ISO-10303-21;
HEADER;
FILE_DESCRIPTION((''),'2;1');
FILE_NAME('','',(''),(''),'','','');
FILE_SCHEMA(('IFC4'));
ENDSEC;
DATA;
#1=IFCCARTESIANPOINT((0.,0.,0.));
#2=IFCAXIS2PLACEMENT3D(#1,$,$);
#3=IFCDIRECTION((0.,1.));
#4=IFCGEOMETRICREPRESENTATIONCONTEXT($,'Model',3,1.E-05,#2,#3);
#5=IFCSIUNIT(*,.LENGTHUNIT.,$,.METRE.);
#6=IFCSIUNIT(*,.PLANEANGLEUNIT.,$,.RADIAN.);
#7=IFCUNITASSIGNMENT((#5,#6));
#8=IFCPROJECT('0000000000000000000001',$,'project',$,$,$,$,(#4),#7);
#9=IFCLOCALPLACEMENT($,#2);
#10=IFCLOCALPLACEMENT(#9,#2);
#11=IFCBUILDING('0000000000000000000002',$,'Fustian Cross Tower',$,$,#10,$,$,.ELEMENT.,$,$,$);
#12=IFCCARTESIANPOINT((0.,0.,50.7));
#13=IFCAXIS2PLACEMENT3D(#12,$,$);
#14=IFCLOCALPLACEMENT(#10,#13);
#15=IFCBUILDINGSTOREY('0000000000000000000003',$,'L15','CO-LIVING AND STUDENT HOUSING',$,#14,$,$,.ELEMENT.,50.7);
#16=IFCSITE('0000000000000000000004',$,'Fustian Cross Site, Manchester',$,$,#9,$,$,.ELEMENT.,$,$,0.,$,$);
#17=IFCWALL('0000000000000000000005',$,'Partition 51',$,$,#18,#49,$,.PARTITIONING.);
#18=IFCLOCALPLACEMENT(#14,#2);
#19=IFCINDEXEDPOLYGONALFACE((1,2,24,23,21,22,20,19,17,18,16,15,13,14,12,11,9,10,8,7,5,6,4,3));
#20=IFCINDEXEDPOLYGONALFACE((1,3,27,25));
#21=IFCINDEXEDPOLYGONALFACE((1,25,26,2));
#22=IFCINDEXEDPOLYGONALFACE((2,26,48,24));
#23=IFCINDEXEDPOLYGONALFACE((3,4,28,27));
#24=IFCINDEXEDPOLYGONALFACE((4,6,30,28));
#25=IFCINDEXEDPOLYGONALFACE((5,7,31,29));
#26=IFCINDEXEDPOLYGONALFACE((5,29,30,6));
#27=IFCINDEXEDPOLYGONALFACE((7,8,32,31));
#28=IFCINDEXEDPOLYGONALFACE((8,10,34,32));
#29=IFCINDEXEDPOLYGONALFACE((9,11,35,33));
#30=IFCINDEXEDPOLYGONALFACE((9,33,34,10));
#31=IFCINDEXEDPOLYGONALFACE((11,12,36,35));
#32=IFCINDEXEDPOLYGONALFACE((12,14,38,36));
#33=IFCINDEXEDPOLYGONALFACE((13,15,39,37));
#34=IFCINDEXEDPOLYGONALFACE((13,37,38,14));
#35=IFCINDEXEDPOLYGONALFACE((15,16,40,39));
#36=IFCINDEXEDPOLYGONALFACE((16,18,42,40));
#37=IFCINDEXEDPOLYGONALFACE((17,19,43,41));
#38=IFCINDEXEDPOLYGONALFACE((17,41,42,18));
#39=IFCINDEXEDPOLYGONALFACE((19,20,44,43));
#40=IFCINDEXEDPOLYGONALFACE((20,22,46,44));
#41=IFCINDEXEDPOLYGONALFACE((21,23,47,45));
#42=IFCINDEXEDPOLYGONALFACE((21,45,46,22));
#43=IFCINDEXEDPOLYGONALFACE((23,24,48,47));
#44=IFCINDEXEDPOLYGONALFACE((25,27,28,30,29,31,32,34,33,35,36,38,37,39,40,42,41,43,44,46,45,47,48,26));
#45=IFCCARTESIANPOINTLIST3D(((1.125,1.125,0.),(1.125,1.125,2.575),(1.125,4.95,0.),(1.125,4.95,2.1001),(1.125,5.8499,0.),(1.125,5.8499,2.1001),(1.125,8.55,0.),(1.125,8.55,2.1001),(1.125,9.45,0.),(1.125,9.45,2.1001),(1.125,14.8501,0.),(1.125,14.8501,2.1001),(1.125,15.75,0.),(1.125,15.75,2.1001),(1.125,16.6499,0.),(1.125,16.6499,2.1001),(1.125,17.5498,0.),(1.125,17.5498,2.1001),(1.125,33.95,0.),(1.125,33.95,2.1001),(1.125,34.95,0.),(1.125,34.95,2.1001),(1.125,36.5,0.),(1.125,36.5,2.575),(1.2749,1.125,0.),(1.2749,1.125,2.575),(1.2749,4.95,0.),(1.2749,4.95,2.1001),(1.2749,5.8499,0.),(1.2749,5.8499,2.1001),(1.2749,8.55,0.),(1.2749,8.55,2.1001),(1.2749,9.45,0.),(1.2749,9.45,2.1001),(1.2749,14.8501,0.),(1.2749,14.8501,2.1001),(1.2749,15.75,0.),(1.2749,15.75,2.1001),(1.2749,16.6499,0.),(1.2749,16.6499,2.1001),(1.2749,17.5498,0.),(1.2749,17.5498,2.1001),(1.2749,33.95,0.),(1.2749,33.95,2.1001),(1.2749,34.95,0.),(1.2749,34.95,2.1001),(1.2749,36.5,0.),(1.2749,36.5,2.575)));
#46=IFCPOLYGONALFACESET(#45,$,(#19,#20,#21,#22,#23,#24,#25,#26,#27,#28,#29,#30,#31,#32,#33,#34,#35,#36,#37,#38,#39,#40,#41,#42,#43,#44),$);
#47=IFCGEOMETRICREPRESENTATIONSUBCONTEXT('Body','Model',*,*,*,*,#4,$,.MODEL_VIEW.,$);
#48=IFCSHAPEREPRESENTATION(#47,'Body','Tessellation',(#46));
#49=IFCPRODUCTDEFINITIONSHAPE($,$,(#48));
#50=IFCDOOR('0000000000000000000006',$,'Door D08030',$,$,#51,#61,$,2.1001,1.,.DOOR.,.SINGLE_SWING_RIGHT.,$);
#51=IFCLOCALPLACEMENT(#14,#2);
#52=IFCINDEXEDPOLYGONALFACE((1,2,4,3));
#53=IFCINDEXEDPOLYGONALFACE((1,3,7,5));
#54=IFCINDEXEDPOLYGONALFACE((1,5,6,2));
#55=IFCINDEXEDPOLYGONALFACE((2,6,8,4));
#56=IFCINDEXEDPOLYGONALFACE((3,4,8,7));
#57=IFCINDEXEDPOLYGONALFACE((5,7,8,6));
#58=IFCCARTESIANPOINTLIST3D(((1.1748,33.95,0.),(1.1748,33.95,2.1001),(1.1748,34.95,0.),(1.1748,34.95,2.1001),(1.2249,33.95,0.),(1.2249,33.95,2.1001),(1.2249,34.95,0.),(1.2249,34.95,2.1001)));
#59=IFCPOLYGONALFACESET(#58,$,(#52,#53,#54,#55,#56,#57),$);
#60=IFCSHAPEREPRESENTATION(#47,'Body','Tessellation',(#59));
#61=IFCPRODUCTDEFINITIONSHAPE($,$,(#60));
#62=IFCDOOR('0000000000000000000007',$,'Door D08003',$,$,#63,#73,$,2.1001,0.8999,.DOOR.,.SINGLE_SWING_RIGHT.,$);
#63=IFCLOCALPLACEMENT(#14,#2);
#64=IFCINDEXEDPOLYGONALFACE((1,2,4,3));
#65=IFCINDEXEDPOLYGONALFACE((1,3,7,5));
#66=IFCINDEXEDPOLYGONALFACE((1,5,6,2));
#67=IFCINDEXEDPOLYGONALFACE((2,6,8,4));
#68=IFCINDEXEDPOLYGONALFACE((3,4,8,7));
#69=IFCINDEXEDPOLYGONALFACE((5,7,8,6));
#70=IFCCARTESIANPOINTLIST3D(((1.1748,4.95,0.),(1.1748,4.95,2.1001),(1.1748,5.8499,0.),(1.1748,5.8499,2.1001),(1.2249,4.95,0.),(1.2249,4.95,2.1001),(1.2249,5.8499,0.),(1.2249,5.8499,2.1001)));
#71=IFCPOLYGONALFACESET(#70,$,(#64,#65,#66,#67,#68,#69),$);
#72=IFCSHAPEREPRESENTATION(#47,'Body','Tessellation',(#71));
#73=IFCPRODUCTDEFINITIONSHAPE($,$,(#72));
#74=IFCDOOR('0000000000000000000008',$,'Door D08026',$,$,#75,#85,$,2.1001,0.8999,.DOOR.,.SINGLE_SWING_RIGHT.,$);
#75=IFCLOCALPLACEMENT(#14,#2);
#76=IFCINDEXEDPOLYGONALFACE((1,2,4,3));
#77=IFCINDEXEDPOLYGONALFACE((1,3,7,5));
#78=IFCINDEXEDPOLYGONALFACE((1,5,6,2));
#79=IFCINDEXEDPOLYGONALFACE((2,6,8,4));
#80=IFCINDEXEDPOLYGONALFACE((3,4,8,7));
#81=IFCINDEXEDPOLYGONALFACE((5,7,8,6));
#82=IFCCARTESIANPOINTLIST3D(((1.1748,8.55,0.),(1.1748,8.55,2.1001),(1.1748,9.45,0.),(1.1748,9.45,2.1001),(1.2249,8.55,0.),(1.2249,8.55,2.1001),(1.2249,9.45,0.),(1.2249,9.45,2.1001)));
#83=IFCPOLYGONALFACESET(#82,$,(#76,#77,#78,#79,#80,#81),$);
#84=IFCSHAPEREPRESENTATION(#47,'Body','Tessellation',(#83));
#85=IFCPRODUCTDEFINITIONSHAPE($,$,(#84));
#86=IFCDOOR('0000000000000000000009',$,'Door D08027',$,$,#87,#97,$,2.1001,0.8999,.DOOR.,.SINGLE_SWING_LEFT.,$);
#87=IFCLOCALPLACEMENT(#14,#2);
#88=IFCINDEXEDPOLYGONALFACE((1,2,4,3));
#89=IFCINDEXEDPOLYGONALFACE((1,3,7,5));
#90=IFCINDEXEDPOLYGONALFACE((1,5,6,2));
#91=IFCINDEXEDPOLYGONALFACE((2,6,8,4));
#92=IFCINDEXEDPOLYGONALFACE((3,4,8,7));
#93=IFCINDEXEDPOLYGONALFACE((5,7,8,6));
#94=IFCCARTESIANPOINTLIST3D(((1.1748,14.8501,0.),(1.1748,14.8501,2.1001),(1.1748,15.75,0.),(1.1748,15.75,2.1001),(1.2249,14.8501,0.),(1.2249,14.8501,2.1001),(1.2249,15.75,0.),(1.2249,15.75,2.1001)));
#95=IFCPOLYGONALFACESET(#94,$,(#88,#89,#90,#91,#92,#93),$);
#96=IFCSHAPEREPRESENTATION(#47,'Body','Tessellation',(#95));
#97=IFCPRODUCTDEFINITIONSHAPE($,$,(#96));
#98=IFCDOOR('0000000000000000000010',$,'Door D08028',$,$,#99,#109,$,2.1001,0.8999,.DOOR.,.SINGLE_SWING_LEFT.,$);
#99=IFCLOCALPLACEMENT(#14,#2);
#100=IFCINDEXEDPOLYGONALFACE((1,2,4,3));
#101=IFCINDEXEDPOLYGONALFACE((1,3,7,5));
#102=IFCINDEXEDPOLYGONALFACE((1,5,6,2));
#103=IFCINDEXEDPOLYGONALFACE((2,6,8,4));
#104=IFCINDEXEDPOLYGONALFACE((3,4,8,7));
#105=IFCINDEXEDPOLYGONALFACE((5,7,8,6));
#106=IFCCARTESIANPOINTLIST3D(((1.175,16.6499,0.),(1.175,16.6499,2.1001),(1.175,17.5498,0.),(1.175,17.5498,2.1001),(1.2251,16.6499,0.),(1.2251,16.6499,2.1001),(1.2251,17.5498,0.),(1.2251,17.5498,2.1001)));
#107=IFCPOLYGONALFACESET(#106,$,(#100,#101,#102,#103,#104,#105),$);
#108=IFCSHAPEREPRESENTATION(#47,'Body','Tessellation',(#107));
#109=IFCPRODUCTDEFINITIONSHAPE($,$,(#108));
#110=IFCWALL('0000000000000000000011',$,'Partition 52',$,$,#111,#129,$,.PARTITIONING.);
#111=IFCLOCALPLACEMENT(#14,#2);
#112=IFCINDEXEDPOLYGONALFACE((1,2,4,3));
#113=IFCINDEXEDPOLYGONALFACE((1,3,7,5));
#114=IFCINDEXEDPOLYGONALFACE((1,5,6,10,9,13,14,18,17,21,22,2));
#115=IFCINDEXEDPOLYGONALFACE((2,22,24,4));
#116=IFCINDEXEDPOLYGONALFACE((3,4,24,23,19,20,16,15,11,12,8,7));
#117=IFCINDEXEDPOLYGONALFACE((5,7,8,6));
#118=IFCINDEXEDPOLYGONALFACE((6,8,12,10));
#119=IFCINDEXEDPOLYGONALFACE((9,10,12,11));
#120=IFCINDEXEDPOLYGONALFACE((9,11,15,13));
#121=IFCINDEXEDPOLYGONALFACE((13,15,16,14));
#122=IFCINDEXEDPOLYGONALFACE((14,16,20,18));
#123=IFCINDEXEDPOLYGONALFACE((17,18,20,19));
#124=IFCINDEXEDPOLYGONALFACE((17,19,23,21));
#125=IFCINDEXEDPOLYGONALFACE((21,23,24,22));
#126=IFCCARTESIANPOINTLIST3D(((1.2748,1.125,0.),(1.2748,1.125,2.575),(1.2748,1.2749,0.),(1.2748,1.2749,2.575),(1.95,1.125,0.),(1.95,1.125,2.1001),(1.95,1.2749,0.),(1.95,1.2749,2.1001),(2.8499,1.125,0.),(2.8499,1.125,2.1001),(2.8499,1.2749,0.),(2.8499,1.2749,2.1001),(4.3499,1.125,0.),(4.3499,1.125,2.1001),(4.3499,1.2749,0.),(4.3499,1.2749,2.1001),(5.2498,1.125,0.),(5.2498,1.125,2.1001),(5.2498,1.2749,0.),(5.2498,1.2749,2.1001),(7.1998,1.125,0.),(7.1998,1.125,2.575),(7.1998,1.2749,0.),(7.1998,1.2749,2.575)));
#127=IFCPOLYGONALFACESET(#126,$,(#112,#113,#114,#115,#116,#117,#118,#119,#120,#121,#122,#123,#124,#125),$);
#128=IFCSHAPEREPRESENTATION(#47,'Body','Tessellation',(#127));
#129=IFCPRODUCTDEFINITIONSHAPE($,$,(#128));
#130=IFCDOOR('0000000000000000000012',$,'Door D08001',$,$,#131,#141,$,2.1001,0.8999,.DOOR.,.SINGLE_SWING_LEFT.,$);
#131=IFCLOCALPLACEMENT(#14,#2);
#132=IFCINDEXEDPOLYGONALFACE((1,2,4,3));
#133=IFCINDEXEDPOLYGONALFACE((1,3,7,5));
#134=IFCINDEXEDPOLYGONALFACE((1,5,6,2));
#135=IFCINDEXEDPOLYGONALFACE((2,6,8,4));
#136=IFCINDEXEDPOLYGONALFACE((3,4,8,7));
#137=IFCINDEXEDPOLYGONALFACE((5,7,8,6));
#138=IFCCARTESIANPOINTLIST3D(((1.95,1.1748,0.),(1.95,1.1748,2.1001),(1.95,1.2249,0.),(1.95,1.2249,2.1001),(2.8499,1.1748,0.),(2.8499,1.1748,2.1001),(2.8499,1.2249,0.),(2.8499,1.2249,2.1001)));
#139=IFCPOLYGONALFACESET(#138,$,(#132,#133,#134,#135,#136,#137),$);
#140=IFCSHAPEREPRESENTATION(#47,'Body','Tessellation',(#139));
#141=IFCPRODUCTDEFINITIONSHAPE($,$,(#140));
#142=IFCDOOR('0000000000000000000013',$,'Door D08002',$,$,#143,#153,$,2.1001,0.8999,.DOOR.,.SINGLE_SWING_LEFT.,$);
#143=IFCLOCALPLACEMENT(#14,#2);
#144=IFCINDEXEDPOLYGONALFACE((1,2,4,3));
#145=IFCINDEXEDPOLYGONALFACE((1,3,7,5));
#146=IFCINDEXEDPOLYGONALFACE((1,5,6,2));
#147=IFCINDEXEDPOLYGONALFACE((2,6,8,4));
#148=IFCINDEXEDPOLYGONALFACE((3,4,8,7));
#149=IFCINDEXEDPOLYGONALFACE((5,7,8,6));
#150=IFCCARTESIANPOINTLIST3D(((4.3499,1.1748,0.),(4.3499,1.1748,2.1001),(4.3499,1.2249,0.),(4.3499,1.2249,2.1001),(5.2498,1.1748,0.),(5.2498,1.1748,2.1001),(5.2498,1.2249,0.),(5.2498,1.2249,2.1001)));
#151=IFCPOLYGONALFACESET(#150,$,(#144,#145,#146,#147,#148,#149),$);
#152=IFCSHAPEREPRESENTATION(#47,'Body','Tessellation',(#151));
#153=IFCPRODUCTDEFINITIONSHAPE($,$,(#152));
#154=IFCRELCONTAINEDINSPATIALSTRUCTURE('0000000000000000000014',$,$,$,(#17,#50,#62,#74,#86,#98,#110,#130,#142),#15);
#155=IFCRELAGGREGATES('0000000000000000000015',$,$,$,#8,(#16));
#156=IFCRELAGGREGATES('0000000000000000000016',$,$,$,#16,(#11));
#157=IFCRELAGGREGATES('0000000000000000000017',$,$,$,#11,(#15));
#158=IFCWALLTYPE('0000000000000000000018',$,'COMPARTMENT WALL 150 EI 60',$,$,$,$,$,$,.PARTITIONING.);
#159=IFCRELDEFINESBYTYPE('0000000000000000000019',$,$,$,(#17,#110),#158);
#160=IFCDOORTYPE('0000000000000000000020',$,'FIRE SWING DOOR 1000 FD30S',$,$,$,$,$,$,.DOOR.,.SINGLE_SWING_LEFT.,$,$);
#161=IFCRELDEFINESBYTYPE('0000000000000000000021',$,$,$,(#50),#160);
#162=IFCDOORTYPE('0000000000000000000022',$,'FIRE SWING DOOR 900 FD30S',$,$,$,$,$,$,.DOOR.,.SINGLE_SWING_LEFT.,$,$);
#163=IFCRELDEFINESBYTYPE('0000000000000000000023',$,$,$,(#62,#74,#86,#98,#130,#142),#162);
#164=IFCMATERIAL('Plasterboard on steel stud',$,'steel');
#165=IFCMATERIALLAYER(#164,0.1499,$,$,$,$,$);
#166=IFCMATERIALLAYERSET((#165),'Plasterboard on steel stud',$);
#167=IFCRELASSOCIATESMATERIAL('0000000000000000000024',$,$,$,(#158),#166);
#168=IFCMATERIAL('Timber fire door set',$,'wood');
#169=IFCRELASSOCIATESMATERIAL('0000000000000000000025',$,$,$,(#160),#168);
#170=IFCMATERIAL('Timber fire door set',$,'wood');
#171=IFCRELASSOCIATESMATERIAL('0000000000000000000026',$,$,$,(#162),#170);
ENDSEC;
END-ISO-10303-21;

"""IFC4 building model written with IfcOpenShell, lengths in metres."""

from ifc_helpers import new_model, si_unit, direction, frame, frame_2d, origin, place, context, subcontext, project, spatial, rectangle, extrude, material, layer, layer_set, type_object, element, fill, save


model = new_model("IFC4")

# Units and contexts
model_context = context("Model", 3, precision=1e-05, world=origin(), true_north=direction((0.0, 1.0)))
body_context = subcontext(model_context, "Body", "Model", "MODEL_VIEW")
ifc_project = project(units=[si_unit("LENGTHUNIT", "METRE"), si_unit("PLANEANGLEUNIT", "RADIAN")], contexts=[model_context])

# Site, building, storey
site_placement = place(None, origin())
site = spatial("IfcSite", under=ifc_project, at=site_placement, Name="Fustian Cross Site, Manchester", CompositionType="ELEMENT", RefElevation=0.0)
building_placement = place(site_placement, origin())
building = spatial("IfcBuilding", under=site, at=building_placement, Name="Fustian Cross Tower", CompositionType="ELEMENT")
storey_placement = place(building_placement, frame((0.0, 0.0, 50.7)))
storey = spatial("IfcBuildingStorey", under=building, at=storey_placement, Name="L15", Description="CO-LIVING AND STUDENT HOUSING", CompositionType="ELEMENT", Elevation=50.7)

# Walls, openings, doors
ifc_material_1 = material(Name="Plasterboard on steel stud", Category="steel")
ifc_layer_1 = layer(ifc_material_1, 0.1499)
ifc_layer_set_1 = layer_set([ifc_layer_1], Name="Plasterboard on steel stud")
wall_type_1 = type_object("IfcWallType", Name="COMPARTMENT WALL 150 EI 60", PredefinedType="PARTITIONING", material=ifc_layer_set_1)
wall_1_placement = place(storey_placement, frame((1.2, 1.125, 0.0), z_axis=(0.0, 0.0, 1.0), x_axis=(0.0, 1.0, 0.0)))
wall_1 = element("IfcWall", 1, at=wall_1_placement, inside=storey, type_object=wall_type_1, Name="Partition 51", PredefinedType="PARTITIONING", context=body_context, shape_type="SweptSolid", body=[
    extrude(rectangle(XDim=35.375, YDim=0.1499, at=frame_2d((17.6875, 0.0))), origin(), (0.0, 0.0, 1.0), 2.575),
])
opening_1_placement = place(wall_1_placement, frame((3.825, 0.0, 0.0)))
opening_1 = element("IfcOpeningElement", 2, at=opening_1_placement, cuts=wall_1, PredefinedType="OPENING", context=body_context, shape_type="SweptSolid", body=[
    extrude(rectangle(XDim=0.8999, YDim=2.1001, at=frame_2d((0.45, 1.05))), frame((0.0, 0.085, 0.0), z_axis=(0.0, -1.0, 0.0), x_axis=(1.0, 0.0, 0.0)), (0.0, 0.0, 1.0), 0.1699),
])
opening_2_placement = place(wall_1_placement, frame((7.425, 0.0, 0.0)))
opening_2 = element("IfcOpeningElement", 3, at=opening_2_placement, cuts=wall_1, PredefinedType="OPENING", context=body_context, shape_type="SweptSolid", body=[
    extrude(rectangle(XDim=0.8999, YDim=2.1001, at=frame_2d((0.45, 1.05))), frame((0.0, 0.085, 0.0), z_axis=(0.0, -1.0, 0.0), x_axis=(1.0, 0.0, 0.0)), (0.0, 0.0, 1.0), 0.1699),
])
opening_3_placement = place(wall_1_placement, frame((13.7251, 0.0, 0.0)))
opening_3 = element("IfcOpeningElement", 4, at=opening_3_placement, cuts=wall_1, PredefinedType="OPENING", context=body_context, shape_type="SweptSolid", body=[
    extrude(rectangle(XDim=0.8999, YDim=2.1001, at=frame_2d((0.45, 1.05))), frame((0.0, 0.085, 0.0), z_axis=(0.0, -1.0, 0.0), x_axis=(1.0, 0.0, 0.0)), (0.0, 0.0, 1.0), 0.1699),
])
opening_4_placement = place(wall_1_placement, frame((15.5249, 0.0, 0.0)))
opening_4 = element("IfcOpeningElement", 5, at=opening_4_placement, cuts=wall_1, PredefinedType="OPENING", context=body_context, shape_type="SweptSolid", body=[
    extrude(rectangle(XDim=0.8999, YDim=2.1001, at=frame_2d((0.45, 1.05))), frame((0.0, 0.085, 0.0), z_axis=(0.0, -1.0, 0.0), x_axis=(1.0, 0.0, 0.0)), (0.0, 0.0, 1.0), 0.1699),
])
opening_5_placement = place(wall_1_placement, frame((32.825, 0.0, 0.0)))
opening_5 = element("IfcOpeningElement", 6, at=opening_5_placement, cuts=wall_1, PredefinedType="OPENING", context=body_context, shape_type="SweptSolid", body=[
    extrude(rectangle(XDim=1.0, YDim=2.1001, at=frame_2d((0.5, 1.05))), frame((0.0, 0.085, 0.0), z_axis=(0.0, -1.0, 0.0), x_axis=(1.0, 0.0, 0.0)), (0.0, 0.0, 1.0), 0.1699),
])
ifc_material_2 = material(Name="Timber fire door set", Category="wood")
door_type_1 = type_object("IfcDoorType", Name="FIRE SWING DOOR 1000 FD30S", OperationType="SINGLE_SWING_LEFT", PredefinedType="DOOR", material=ifc_material_2)
door_1_placement = place(opening_5_placement, frame((1.0, 0.0, 0.0), z_axis=(0.0, 0.0, 1.0), x_axis=(-1.0, 0.0, 0.0)))
door_1 = element("IfcDoor", 7, at=door_1_placement, inside=storey, type_object=door_type_1, Name="Door D08030", OperationType="SINGLE_SWING_RIGHT", OverallHeight=2.1001, OverallWidth=1.0, PredefinedType="DOOR", context=body_context, shape_type="SweptSolid", body=[
    extrude(rectangle(XDim=1.0, YDim=2.1001, at=frame_2d((0.5, 1.05))), frame((0.0, 0.0249, 0.0), z_axis=(0.0, -1.0, 0.0), x_axis=(1.0, 0.0, 0.0)), (0.0, 0.0, 1.0), 0.05),
])
fill(opening_5, door_1)
ifc_material_3 = material(Name="Timber fire door set", Category="wood")
door_type_2 = type_object("IfcDoorType", Name="FIRE SWING DOOR 900 FD30S", OperationType="SINGLE_SWING_LEFT", PredefinedType="DOOR", material=ifc_material_3)
door_2_placement = place(opening_1_placement, frame((0.8999, 0.0, 0.0), z_axis=(0.0, 0.0, 1.0), x_axis=(-1.0, 0.0, 0.0)))
door_2 = element("IfcDoor", 8, at=door_2_placement, inside=storey, type_object=door_type_2, Name="Door D08003", OperationType="SINGLE_SWING_RIGHT", OverallHeight=2.1001, OverallWidth=0.8999, PredefinedType="DOOR", context=body_context, shape_type="SweptSolid", body=[
    extrude(rectangle(XDim=0.8999, YDim=2.1001, at=frame_2d((0.45, 1.05))), frame((0.0, 0.0249, 0.0), z_axis=(0.0, -1.0, 0.0), x_axis=(1.0, 0.0, 0.0)), (0.0, 0.0, 1.0), 0.05),
])
fill(opening_1, door_2)
door_3_placement = place(opening_2_placement, frame((0.8999, 0.0, 0.0), z_axis=(0.0, 0.0, 1.0), x_axis=(-1.0, 0.0, 0.0)))
door_3 = element("IfcDoor", 9, at=door_3_placement, inside=storey, type_object=door_type_2, Name="Door D08026", OperationType="SINGLE_SWING_RIGHT", OverallHeight=2.1001, OverallWidth=0.8999, PredefinedType="DOOR", context=body_context, shape_type="SweptSolid", body=[
    extrude(rectangle(XDim=0.8999, YDim=2.1001, at=frame_2d((0.45, 1.05))), frame((0.0, 0.0249, 0.0), z_axis=(0.0, -1.0, 0.0), x_axis=(1.0, 0.0, 0.0)), (0.0, 0.0, 1.0), 0.05),
])
fill(opening_2, door_3)
door_4_placement = place(opening_3_placement, frame((0.8999, 0.0, 0.0), z_axis=(0.0, 0.0, 1.0), x_axis=(-1.0, 0.0, 0.0)))
door_4 = element("IfcDoor", 10, at=door_4_placement, inside=storey, type_object=door_type_2, Name="Door D08027", OperationType="SINGLE_SWING_LEFT", OverallHeight=2.1001, OverallWidth=0.8999, PredefinedType="DOOR", context=body_context, shape_type="SweptSolid", body=[
    extrude(rectangle(XDim=0.8999, YDim=2.1001, at=frame_2d((0.45, 1.05))), frame((0.0, 0.0249, 0.0), z_axis=(0.0, -1.0, 0.0), x_axis=(1.0, 0.0, 0.0)), (0.0, 0.0, 1.0), 0.05),
])
fill(opening_3, door_4)
door_5_placement = place(opening_4_placement, origin())
door_5 = element("IfcDoor", 11, at=door_5_placement, inside=storey, type_object=door_type_2, Name="Door D08028", OperationType="SINGLE_SWING_LEFT", OverallHeight=2.1001, OverallWidth=0.8999, PredefinedType="DOOR", context=body_context, shape_type="SweptSolid", body=[
    extrude(rectangle(XDim=0.8999, YDim=2.1001, at=frame_2d((0.45, 1.05))), frame((0.0, 0.0249, 0.0), z_axis=(0.0, -1.0, 0.0), x_axis=(1.0, 0.0, 0.0)), (0.0, 0.0, 1.0), 0.05),
])
fill(opening_4, door_5)
wall_2_placement = place(storey_placement, frame((1.2749, 1.2, 0.0), z_axis=(0.0, 0.0, 1.0), x_axis=(1.0, 0.0, 0.0)))
wall_2 = element("IfcWall", 12, at=wall_2_placement, inside=storey, type_object=wall_type_1, Name="Partition 52", PredefinedType="PARTITIONING", context=body_context, shape_type="SweptSolid", body=[
    extrude(rectangle(XDim=5.925, YDim=0.1499, at=frame_2d((2.9624, 0.0))), origin(), (0.0, 0.0, 1.0), 2.575),
])
opening_6_placement = place(wall_2_placement, frame((0.675, 0.0, 0.0)))
opening_6 = element("IfcOpeningElement", 13, at=opening_6_placement, cuts=wall_2, PredefinedType="OPENING", context=body_context, shape_type="SweptSolid", body=[
    extrude(rectangle(XDim=0.8999, YDim=2.1001, at=frame_2d((0.45, 1.05))), frame((0.0, 0.085, 0.0), z_axis=(0.0, -1.0, 0.0), x_axis=(1.0, 0.0, 0.0)), (0.0, 0.0, 1.0), 0.1699),
])
opening_7_placement = place(wall_2_placement, frame((3.075, 0.0, 0.0)))
opening_7 = element("IfcOpeningElement", 14, at=opening_7_placement, cuts=wall_2, PredefinedType="OPENING", context=body_context, shape_type="SweptSolid", body=[
    extrude(rectangle(XDim=0.8999, YDim=2.1001, at=frame_2d((0.45, 1.05))), frame((0.0, 0.085, 0.0), z_axis=(0.0, -1.0, 0.0), x_axis=(1.0, 0.0, 0.0)), (0.0, 0.0, 1.0), 0.1699),
])
door_6_placement = place(opening_6_placement, origin())
door_6 = element("IfcDoor", 15, at=door_6_placement, inside=storey, type_object=door_type_2, Name="Door D08001", OperationType="SINGLE_SWING_LEFT", OverallHeight=2.1001, OverallWidth=0.8999, PredefinedType="DOOR", context=body_context, shape_type="SweptSolid", body=[
    extrude(rectangle(XDim=0.8999, YDim=2.1001, at=frame_2d((0.45, 1.05))), frame((0.0, 0.0249, 0.0), z_axis=(0.0, -1.0, 0.0), x_axis=(1.0, 0.0, 0.0)), (0.0, 0.0, 1.0), 0.05),
])
fill(opening_6, door_6)
door_7_placement = place(opening_7_placement, origin())
door_7 = element("IfcDoor", 16, at=door_7_placement, inside=storey, type_object=door_type_2, Name="Door D08002", OperationType="SINGLE_SWING_LEFT", OverallHeight=2.1001, OverallWidth=0.8999, PredefinedType="DOOR", context=body_context, shape_type="SweptSolid", body=[
    extrude(rectangle(XDim=0.8999, YDim=2.1001, at=frame_2d((0.45, 1.05))), frame((0.0, 0.0249, 0.0), z_axis=(0.0, -1.0, 0.0), x_axis=(1.0, 0.0, 0.0)), (0.0, 0.0, 1.0), 0.05),
])
fill(opening_7, door_7)

save(model, "model.ifc")
